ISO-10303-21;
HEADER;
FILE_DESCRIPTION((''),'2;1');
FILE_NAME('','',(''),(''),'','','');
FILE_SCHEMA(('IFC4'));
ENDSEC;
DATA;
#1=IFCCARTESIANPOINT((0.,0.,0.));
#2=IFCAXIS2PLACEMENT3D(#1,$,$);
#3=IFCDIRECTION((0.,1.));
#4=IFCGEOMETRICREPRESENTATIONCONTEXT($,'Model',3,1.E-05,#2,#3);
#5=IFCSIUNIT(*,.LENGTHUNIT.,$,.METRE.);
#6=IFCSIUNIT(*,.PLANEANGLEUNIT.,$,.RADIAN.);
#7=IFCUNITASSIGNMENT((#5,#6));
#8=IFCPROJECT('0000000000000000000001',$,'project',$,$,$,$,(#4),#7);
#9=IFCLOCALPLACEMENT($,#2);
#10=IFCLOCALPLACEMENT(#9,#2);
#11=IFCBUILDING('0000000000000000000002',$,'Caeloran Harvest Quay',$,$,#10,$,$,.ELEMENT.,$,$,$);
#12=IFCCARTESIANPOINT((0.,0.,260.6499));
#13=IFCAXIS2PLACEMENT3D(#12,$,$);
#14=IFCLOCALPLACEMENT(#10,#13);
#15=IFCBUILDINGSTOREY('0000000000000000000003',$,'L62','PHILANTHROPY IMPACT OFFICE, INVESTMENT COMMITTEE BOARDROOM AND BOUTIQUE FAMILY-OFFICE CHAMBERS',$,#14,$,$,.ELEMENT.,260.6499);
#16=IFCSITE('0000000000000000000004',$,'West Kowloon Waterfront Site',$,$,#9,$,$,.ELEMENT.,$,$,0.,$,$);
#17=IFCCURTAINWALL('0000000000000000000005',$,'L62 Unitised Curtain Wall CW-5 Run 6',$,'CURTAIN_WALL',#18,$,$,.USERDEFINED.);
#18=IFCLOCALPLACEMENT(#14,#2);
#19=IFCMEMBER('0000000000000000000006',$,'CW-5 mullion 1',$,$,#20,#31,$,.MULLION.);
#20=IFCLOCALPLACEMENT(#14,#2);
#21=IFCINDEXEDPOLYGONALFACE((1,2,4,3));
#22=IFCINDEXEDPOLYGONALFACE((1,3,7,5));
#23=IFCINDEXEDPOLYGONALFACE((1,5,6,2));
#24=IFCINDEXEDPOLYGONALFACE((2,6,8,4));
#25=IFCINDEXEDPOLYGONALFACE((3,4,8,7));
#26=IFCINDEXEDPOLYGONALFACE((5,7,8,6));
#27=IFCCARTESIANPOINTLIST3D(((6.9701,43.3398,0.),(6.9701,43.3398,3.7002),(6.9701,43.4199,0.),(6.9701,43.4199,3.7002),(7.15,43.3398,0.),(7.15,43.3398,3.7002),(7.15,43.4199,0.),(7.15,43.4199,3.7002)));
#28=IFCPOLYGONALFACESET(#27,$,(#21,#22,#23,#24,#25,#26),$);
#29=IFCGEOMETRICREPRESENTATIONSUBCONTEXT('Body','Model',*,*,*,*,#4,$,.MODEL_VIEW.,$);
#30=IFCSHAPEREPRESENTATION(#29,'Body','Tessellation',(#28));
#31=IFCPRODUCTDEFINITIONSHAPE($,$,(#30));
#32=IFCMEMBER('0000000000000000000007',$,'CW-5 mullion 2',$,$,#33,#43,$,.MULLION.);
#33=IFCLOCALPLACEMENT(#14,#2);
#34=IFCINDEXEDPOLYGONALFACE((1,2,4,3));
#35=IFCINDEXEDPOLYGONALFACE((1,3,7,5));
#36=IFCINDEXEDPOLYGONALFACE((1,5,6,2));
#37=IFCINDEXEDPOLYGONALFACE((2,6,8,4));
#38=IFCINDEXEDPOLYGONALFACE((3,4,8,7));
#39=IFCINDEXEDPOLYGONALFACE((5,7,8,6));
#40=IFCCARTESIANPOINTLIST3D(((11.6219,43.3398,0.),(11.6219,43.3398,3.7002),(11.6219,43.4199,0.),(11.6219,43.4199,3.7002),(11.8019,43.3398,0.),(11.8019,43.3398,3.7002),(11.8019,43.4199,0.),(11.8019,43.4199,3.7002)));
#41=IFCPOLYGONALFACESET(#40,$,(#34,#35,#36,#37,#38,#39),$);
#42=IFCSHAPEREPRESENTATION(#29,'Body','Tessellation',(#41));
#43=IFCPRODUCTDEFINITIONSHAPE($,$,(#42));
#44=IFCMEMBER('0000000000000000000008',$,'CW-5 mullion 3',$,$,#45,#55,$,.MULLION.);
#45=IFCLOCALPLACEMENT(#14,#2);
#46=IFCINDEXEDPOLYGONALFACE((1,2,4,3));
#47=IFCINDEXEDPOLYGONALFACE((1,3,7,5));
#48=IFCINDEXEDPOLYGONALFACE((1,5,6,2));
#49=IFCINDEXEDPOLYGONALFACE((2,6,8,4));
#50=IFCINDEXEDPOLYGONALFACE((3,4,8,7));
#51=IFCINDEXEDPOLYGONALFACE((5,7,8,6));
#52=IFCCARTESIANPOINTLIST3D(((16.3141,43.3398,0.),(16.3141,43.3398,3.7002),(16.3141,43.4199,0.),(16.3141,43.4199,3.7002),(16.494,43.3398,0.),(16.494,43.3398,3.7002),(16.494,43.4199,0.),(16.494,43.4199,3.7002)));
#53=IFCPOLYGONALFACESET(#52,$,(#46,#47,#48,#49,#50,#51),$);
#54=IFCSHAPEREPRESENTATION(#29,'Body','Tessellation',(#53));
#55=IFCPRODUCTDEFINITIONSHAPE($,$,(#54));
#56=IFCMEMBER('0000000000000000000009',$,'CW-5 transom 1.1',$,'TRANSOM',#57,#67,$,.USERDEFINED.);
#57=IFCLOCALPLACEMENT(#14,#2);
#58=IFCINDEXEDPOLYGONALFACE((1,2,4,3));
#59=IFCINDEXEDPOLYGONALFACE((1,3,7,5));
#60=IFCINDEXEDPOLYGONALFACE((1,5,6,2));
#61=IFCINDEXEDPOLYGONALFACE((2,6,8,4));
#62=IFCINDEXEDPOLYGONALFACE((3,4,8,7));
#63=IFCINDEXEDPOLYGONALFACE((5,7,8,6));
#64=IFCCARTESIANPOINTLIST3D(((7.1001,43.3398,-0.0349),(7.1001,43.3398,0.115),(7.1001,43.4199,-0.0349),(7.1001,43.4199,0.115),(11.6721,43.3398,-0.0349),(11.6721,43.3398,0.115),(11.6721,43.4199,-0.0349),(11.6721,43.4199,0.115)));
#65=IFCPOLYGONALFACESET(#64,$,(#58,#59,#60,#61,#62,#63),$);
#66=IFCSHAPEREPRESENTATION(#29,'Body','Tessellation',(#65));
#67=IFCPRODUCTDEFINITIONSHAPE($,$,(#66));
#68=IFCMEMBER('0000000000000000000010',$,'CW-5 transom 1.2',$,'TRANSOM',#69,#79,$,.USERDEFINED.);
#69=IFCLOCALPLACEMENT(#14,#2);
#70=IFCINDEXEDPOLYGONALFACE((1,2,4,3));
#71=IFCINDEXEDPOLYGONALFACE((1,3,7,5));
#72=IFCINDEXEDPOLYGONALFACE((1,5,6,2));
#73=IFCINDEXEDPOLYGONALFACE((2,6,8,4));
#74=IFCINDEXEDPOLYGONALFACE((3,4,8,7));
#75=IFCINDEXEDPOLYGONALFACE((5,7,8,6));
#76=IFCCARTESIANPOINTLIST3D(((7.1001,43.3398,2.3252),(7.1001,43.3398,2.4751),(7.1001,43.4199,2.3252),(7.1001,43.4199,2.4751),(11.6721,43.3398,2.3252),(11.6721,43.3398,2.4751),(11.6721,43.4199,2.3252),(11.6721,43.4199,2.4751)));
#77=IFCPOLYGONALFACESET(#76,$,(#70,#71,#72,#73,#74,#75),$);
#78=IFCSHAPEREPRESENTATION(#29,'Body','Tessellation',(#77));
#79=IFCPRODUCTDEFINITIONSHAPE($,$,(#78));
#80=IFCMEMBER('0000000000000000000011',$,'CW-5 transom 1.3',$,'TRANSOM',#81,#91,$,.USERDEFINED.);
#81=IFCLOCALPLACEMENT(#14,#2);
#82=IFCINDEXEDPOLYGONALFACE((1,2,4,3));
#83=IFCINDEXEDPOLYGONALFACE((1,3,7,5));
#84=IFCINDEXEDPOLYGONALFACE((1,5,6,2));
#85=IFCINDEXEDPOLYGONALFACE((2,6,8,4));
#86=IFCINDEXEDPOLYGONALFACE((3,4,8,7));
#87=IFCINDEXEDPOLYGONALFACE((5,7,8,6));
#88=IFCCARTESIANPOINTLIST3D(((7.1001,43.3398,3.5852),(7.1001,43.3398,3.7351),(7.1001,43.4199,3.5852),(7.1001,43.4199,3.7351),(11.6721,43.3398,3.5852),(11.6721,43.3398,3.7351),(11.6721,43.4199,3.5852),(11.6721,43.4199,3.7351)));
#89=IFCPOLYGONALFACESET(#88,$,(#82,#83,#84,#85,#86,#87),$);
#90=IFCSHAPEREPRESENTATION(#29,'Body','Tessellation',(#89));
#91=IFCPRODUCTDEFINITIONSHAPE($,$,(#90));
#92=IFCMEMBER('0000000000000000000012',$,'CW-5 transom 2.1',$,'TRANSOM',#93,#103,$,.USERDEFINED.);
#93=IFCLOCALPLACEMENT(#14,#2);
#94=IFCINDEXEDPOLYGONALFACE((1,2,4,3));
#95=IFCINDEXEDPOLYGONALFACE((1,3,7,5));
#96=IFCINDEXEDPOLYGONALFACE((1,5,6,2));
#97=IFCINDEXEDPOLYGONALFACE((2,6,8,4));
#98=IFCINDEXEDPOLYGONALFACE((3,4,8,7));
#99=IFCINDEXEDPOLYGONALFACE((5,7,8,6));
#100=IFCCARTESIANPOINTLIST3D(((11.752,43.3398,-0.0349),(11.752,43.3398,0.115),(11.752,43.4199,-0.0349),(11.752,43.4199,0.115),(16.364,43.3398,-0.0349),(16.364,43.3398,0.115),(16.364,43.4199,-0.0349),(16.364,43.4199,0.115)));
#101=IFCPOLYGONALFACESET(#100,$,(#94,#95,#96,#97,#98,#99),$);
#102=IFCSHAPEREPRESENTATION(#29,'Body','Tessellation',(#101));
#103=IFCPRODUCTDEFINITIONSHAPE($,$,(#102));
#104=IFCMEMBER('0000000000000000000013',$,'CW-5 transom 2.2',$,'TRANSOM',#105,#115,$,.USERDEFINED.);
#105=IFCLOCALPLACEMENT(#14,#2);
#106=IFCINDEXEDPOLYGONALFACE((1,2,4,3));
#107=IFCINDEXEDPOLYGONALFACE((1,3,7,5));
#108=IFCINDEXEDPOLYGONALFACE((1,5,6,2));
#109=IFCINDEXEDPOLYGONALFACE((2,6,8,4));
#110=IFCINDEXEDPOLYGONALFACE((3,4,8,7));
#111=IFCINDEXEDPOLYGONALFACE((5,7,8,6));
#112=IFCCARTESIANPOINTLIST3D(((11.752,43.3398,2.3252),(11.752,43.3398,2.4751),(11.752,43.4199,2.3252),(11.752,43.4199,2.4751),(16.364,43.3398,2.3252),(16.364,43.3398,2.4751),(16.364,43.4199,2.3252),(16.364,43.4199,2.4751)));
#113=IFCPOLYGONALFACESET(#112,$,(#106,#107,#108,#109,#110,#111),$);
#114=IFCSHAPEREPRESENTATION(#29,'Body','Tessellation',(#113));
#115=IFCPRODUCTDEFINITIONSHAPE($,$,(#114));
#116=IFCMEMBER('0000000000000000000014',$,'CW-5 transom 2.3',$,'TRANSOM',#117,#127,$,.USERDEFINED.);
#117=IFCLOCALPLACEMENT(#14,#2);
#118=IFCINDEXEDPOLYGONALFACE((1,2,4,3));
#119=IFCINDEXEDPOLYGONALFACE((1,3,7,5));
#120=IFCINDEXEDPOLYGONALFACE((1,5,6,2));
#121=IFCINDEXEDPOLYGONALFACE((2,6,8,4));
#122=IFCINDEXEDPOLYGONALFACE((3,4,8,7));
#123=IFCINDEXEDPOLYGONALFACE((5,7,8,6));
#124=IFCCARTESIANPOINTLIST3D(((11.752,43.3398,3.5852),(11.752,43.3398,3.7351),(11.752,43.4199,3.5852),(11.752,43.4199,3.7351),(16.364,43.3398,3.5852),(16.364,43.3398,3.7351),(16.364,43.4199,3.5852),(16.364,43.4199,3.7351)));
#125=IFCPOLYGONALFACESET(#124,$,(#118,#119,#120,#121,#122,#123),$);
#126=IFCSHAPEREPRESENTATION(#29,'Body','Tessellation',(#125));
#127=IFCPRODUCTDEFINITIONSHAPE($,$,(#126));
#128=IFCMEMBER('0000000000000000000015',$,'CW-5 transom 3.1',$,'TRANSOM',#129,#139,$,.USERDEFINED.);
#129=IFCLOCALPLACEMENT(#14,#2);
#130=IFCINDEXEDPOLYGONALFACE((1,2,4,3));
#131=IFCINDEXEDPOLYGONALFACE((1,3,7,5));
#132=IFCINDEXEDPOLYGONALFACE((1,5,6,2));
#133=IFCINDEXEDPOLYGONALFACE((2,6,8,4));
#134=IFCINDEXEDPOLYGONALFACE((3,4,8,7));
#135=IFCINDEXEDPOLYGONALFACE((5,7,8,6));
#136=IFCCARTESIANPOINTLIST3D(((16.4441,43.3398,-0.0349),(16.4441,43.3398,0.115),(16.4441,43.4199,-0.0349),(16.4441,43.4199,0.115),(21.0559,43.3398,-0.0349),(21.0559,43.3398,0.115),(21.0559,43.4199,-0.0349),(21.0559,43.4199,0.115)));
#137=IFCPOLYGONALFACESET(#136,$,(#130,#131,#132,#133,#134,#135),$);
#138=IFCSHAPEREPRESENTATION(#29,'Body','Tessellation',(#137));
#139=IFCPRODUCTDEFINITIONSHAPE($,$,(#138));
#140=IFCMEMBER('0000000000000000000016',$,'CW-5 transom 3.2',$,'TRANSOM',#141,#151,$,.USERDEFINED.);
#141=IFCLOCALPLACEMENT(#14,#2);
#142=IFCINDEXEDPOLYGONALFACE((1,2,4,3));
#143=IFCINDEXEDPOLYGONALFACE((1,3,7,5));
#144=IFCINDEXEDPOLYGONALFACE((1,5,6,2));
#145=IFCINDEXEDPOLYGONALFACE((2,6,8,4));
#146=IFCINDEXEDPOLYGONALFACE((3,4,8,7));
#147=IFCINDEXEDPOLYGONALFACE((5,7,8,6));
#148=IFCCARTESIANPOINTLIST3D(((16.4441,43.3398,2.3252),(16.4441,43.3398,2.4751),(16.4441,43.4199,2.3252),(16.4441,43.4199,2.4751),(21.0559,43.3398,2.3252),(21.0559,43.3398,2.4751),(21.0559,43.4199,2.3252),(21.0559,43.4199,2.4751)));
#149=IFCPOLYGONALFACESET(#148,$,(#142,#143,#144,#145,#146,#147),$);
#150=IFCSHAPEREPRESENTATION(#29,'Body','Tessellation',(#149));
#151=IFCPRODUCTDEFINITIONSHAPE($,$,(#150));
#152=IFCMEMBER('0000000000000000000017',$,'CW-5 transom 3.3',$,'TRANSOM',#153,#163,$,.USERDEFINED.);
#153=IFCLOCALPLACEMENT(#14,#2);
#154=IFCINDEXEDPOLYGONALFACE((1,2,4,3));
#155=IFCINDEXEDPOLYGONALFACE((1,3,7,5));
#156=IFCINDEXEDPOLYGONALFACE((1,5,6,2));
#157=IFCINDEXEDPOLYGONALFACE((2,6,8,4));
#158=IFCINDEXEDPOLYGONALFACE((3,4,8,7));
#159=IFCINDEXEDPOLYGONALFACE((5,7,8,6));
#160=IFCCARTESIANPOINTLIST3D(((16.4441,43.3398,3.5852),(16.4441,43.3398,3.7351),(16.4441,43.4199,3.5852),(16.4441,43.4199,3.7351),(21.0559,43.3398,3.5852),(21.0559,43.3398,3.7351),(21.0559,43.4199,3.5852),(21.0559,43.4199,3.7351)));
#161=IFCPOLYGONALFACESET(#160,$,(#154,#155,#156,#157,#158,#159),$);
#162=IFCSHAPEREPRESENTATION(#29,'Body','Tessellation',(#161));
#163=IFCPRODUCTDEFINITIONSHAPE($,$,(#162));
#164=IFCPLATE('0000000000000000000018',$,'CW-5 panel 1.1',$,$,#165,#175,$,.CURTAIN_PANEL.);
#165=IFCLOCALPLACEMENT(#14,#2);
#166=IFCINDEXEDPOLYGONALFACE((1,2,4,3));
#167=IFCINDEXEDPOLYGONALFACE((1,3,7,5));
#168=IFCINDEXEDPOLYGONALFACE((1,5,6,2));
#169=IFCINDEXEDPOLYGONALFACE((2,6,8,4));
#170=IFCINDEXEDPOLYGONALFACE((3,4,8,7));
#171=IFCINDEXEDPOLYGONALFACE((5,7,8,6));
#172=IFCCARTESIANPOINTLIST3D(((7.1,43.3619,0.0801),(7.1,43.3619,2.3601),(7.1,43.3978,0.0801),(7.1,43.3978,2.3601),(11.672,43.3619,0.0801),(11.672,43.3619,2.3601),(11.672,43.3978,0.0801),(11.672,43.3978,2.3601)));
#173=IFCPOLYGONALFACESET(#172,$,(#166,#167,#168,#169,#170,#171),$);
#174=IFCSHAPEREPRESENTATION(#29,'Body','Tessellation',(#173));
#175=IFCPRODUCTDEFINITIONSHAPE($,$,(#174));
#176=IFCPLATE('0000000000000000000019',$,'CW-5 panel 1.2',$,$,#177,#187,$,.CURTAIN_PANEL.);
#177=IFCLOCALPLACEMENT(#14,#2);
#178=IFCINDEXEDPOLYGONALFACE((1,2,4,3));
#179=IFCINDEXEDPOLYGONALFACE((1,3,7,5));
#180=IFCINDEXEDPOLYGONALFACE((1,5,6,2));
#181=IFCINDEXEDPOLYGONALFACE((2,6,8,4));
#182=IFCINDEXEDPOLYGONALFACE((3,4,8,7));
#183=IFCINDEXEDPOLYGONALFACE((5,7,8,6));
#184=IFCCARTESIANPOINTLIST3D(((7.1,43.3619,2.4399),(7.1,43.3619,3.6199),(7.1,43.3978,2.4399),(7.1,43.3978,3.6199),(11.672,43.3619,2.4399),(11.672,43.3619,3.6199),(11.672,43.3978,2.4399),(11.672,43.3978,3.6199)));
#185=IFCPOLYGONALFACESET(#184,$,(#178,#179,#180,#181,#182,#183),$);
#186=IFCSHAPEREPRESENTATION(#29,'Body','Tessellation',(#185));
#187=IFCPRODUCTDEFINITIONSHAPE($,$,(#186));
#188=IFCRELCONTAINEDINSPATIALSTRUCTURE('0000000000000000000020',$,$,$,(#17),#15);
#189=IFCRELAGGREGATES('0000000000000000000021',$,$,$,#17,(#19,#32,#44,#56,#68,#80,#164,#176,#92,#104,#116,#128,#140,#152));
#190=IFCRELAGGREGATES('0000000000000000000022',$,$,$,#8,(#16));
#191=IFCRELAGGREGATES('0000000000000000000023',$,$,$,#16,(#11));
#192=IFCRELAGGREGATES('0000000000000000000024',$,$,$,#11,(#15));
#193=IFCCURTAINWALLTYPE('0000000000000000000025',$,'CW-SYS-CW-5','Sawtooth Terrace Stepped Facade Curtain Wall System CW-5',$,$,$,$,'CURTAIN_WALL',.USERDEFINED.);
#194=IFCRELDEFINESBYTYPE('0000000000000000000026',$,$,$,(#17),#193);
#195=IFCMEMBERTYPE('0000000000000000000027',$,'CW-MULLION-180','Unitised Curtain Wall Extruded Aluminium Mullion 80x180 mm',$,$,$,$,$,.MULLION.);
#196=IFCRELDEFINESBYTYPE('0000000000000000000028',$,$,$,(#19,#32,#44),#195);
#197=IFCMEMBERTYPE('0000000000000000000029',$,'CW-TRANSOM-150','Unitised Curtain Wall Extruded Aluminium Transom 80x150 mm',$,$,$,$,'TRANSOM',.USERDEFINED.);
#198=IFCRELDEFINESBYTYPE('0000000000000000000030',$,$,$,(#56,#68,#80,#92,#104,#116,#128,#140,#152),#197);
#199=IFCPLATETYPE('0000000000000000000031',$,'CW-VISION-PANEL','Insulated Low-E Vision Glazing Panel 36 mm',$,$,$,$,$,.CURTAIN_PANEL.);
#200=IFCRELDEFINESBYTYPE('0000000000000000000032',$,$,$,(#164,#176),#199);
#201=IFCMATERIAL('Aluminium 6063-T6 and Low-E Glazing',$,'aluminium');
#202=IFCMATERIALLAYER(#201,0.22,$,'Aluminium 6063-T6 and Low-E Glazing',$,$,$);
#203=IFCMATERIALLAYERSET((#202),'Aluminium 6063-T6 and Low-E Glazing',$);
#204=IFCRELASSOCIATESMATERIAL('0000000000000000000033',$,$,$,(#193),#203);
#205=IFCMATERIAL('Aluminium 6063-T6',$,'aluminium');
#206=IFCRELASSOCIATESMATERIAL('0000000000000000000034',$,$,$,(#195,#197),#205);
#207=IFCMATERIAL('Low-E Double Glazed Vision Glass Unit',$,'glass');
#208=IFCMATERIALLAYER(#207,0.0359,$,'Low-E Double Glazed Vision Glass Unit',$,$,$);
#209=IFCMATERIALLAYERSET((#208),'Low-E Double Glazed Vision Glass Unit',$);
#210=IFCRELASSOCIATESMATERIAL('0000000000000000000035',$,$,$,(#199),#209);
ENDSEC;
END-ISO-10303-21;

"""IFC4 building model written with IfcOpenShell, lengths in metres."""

from ifc_helpers import new_model, si_unit, direction, frame, origin, origin_2d, place, context, subcontext, project, spatial, rectangle, extrude, material, layer, layer_set, material_profile, profile_set, type_object, element, aggregate, save


model = new_model("IFC4")

# Units and contexts
model_context = context("Model", 3, precision=1e-05, world=origin(), true_north=direction((0.0, 1.0)))
body_context = subcontext(model_context, "Body", "Model", "MODEL_VIEW")
ifc_project = project(units=[si_unit("LENGTHUNIT", "METRE"), si_unit("PLANEANGLEUNIT", "RADIAN")], contexts=[model_context])

# Site, building, storey
site_placement = place(None, origin())
site = spatial("IfcSite", under=ifc_project, at=site_placement, Name="West Kowloon Waterfront Site", CompositionType="ELEMENT", RefElevation=0.0)
building_placement = place(site_placement, origin())
building = spatial("IfcBuilding", under=site, at=building_placement, Name="Caeloran Harvest Quay", CompositionType="ELEMENT")
storey_placement = place(building_placement, frame((0.0, 0.0, 260.6499)))
storey = spatial("IfcBuildingStorey", under=building, at=storey_placement, Name="L62", Description="PHILANTHROPY IMPACT OFFICE, INVESTMENT COMMITTEE BOARDROOM AND BOUTIQUE FAMILY-OFFICE CHAMBERS", CompositionType="ELEMENT", Elevation=260.6499)

# Curtain wall, members, plates
ifc_material_1 = material(Name="Aluminium 6063-T6 and Low-E Glazing", Category="aluminium")
ifc_layer_1 = layer(ifc_material_1, 0.22, Name="Aluminium 6063-T6 and Low-E Glazing")
ifc_layer_set_1 = layer_set([ifc_layer_1], Name="Aluminium 6063-T6 and Low-E Glazing")
curtain_wall_type = type_object("IfcCurtainWallType", Name="CW-SYS-CW-5", Description="Sawtooth Terrace Stepped Facade Curtain Wall System CW-5", ElementType="CURTAIN_WALL", PredefinedType="USERDEFINED", material=ifc_layer_set_1)
curtain_wall_placement = place(storey_placement, origin())
curtain_wall = element("IfcCurtainWall", 1, at=curtain_wall_placement, inside=storey, type_object=curtain_wall_type, Name="L62 Unitised Curtain Wall CW-5 Run 6", ObjectType="CURTAIN_WALL", PredefinedType="USERDEFINED")
ifc_material_2 = material(Name="Aluminium 6063-T6", Category="aluminium")
ifc_material_profile_1 = material_profile(ifc_material_2, rectangle(XDim=0.0801, YDim=0.1799, at=origin_2d()), Name="CW-MULLION-180")
ifc_profile_set_1 = profile_set([ifc_material_profile_1], Name="Aluminium 6063-T6")
member_type_1 = type_object("IfcMemberType", Name="CW-MULLION-180", Description="Unitised Curtain Wall Extruded Aluminium Mullion 80x180 mm", PredefinedType="MULLION", material=ifc_profile_set_1)
member_1_placement = place(storey_placement, frame((7.0601, 43.3799, 0.0), z_axis=(0.0, 0.0, 1.0), x_axis=(0.0, 1.0, 0.0)))
member_1 = element("IfcMember", 2, at=member_1_placement, type_object=member_type_1, Name="CW-5 mullion 1", PredefinedType="MULLION", context=body_context, shape_type="SweptSolid", body=[
    extrude(rectangle(XDim=0.0801, YDim=0.1799, at=origin_2d()), origin(), (0.0, 0.0, 1.0), 3.7002),
])
member_2_placement = place(storey_placement, frame((11.7119, 43.3799, 0.0), z_axis=(0.0, 0.0, 1.0), x_axis=(0.0, 1.0, 0.0)))
member_2 = element("IfcMember", 3, at=member_2_placement, type_object=member_type_1, Name="CW-5 mullion 2", PredefinedType="MULLION", context=body_context, shape_type="SweptSolid", body=[
    extrude(rectangle(XDim=0.0801, YDim=0.1799, at=origin_2d()), origin(), (0.0, 0.0, 1.0), 3.7002),
])
member_3_placement = place(storey_placement, frame((16.4041, 43.3799, 0.0), z_axis=(0.0, 0.0, 1.0), x_axis=(0.0, 1.0, 0.0)))
member_3 = element("IfcMember", 4, at=member_3_placement, type_object=member_type_1, Name="CW-5 mullion 3", PredefinedType="MULLION", context=body_context, shape_type="SweptSolid", body=[
    extrude(rectangle(XDim=0.0801, YDim=0.1799, at=origin_2d()), origin(), (0.0, 0.0, 1.0), 3.7002),
])
ifc_material_profile_2 = material_profile(ifc_material_2, rectangle(XDim=0.0801, YDim=0.1499, at=origin_2d()), Name="CW-TRANSOM-150")
ifc_profile_set_2 = profile_set([ifc_material_profile_2], Name="Aluminium 6063-T6")
member_type_2 = type_object("IfcMemberType", Name="CW-TRANSOM-150", Description="Unitised Curtain Wall Extruded Aluminium Transom 80x150 mm", ElementType="TRANSOM", PredefinedType="USERDEFINED", material=ifc_profile_set_2)
member_4_placement = place(storey_placement, frame((7.1001, 43.3799, 0.04), z_axis=(1.0, 0.0, 0.0), x_axis=(0.0, 1.0, 0.0)))
member_4 = element("IfcMember", 5, at=member_4_placement, type_object=member_type_2, Name="CW-5 transom 1.1", ObjectType="TRANSOM", PredefinedType="USERDEFINED", context=body_context, shape_type="SweptSolid", body=[
    extrude(rectangle(XDim=0.0801, YDim=0.1499, at=origin_2d()), origin(), (0.0, 0.0, 1.0), 4.572),
])
member_5_placement = place(storey_placement, frame((7.1001, 43.3799, 2.4001), z_axis=(1.0, 0.0, 0.0), x_axis=(0.0, 1.0, 0.0)))
member_5 = element("IfcMember", 6, at=member_5_placement, type_object=member_type_2, Name="CW-5 transom 1.2", ObjectType="TRANSOM", PredefinedType="USERDEFINED", context=body_context, shape_type="SweptSolid", body=[
    extrude(rectangle(XDim=0.0801, YDim=0.1499, at=origin_2d()), origin(), (0.0, 0.0, 1.0), 4.572),
])
member_6_placement = place(storey_placement, frame((7.1001, 43.3799, 3.6602), z_axis=(1.0, 0.0, 0.0), x_axis=(0.0, 1.0, 0.0)))
member_6 = element("IfcMember", 7, at=member_6_placement, type_object=member_type_2, Name="CW-5 transom 1.3", ObjectType="TRANSOM", PredefinedType="USERDEFINED", context=body_context, shape_type="SweptSolid", body=[
    extrude(rectangle(XDim=0.0801, YDim=0.1499, at=origin_2d()), origin(), (0.0, 0.0, 1.0), 4.572),
])
member_7_placement = place(storey_placement, frame((11.752, 43.3799, 0.04), z_axis=(1.0, 0.0, 0.0), x_axis=(0.0, 1.0, 0.0)))
member_7 = element("IfcMember", 8, at=member_7_placement, type_object=member_type_2, Name="CW-5 transom 2.1", ObjectType="TRANSOM", PredefinedType="USERDEFINED", context=body_context, shape_type="SweptSolid", body=[
    extrude(rectangle(XDim=0.0801, YDim=0.1499, at=origin_2d()), origin(), (0.0, 0.0, 1.0), 4.6121),
])
member_8_placement = place(storey_placement, frame((11.752, 43.3799, 2.4001), z_axis=(1.0, 0.0, 0.0), x_axis=(0.0, 1.0, 0.0)))
member_8 = element("IfcMember", 9, at=member_8_placement, type_object=member_type_2, Name="CW-5 transom 2.2", ObjectType="TRANSOM", PredefinedType="USERDEFINED", context=body_context, shape_type="SweptSolid", body=[
    extrude(rectangle(XDim=0.0801, YDim=0.1499, at=origin_2d()), origin(), (0.0, 0.0, 1.0), 4.6121),
])
member_9_placement = place(storey_placement, frame((11.752, 43.3799, 3.6602), z_axis=(1.0, 0.0, 0.0), x_axis=(0.0, 1.0, 0.0)))
member_9 = element("IfcMember", 10, at=member_9_placement, type_object=member_type_2, Name="CW-5 transom 2.3", ObjectType="TRANSOM", PredefinedType="USERDEFINED", context=body_context, shape_type="SweptSolid", body=[
    extrude(rectangle(XDim=0.0801, YDim=0.1499, at=origin_2d()), origin(), (0.0, 0.0, 1.0), 4.6121),
])
member_10_placement = place(storey_placement, frame((16.4441, 43.3799, 0.04), z_axis=(1.0, 0.0, 0.0), x_axis=(0.0, 1.0, 0.0)))
member_10 = element("IfcMember", 11, at=member_10_placement, type_object=member_type_2, Name="CW-5 transom 3.1", ObjectType="TRANSOM", PredefinedType="USERDEFINED", context=body_context, shape_type="SweptSolid", body=[
    extrude(rectangle(XDim=0.0801, YDim=0.1499, at=origin_2d()), origin(), (0.0, 0.0, 1.0), 4.6118),
])
member_11_placement = place(storey_placement, frame((16.4441, 43.3799, 2.4001), z_axis=(1.0, 0.0, 0.0), x_axis=(0.0, 1.0, 0.0)))
member_11 = element("IfcMember", 12, at=member_11_placement, type_object=member_type_2, Name="CW-5 transom 3.2", ObjectType="TRANSOM", PredefinedType="USERDEFINED", context=body_context, shape_type="SweptSolid", body=[
    extrude(rectangle(XDim=0.0801, YDim=0.1499, at=origin_2d()), origin(), (0.0, 0.0, 1.0), 4.6118),
])
member_12_placement = place(storey_placement, frame((16.4441, 43.3799, 3.6602), z_axis=(1.0, 0.0, 0.0), x_axis=(0.0, 1.0, 0.0)))
member_12 = element("IfcMember", 13, at=member_12_placement, type_object=member_type_2, Name="CW-5 transom 3.3", ObjectType="TRANSOM", PredefinedType="USERDEFINED", context=body_context, shape_type="SweptSolid", body=[
    extrude(rectangle(XDim=0.0801, YDim=0.1499, at=origin_2d()), origin(), (0.0, 0.0, 1.0), 4.6118),
])
ifc_material_3 = material(Name="Low-E Double Glazed Vision Glass Unit", Category="glass")
ifc_layer_2 = layer(ifc_material_3, 0.0359, Name="Low-E Double Glazed Vision Glass Unit")
ifc_layer_set_2 = layer_set([ifc_layer_2], Name="Low-E Double Glazed Vision Glass Unit")
plate_type = type_object("IfcPlateType", Name="CW-VISION-PANEL", Description="Insulated Low-E Vision Glazing Panel 36 mm", PredefinedType="CURTAIN_PANEL", material=ifc_layer_set_2)
plate_1_placement = place(storey_placement, frame((9.386, 43.3799, 0.0801), z_axis=(0.0, 0.0, 1.0), x_axis=(1.0, 0.0, 0.0)))
plate_1 = element("IfcPlate", 14, at=plate_1_placement, type_object=plate_type, Name="CW-5 panel 1.1", PredefinedType="CURTAIN_PANEL", context=body_context, shape_type="SweptSolid", body=[
    extrude(rectangle(XDim=4.572, YDim=0.0359, at=origin_2d()), origin(), (0.0, 0.0, 1.0), 2.28),
])
plate_2_placement = place(storey_placement, frame((9.386, 43.3799, 2.4399), z_axis=(0.0, 0.0, 1.0), x_axis=(1.0, 0.0, 0.0)))
plate_2 = element("IfcPlate", 15, at=plate_2_placement, type_object=plate_type, Name="CW-5 panel 1.2", PredefinedType="CURTAIN_PANEL", context=body_context, shape_type="SweptSolid", body=[
    extrude(rectangle(XDim=4.572, YDim=0.0359, at=origin_2d()), origin(), (0.0, 0.0, 1.0), 1.1799),
])
aggregate(curtain_wall, [member_1, member_2, member_3, member_4, member_5, member_6, plate_1, plate_2, member_7, member_8, member_9, member_10, member_11, member_12])

save(model, "model.ifc")
